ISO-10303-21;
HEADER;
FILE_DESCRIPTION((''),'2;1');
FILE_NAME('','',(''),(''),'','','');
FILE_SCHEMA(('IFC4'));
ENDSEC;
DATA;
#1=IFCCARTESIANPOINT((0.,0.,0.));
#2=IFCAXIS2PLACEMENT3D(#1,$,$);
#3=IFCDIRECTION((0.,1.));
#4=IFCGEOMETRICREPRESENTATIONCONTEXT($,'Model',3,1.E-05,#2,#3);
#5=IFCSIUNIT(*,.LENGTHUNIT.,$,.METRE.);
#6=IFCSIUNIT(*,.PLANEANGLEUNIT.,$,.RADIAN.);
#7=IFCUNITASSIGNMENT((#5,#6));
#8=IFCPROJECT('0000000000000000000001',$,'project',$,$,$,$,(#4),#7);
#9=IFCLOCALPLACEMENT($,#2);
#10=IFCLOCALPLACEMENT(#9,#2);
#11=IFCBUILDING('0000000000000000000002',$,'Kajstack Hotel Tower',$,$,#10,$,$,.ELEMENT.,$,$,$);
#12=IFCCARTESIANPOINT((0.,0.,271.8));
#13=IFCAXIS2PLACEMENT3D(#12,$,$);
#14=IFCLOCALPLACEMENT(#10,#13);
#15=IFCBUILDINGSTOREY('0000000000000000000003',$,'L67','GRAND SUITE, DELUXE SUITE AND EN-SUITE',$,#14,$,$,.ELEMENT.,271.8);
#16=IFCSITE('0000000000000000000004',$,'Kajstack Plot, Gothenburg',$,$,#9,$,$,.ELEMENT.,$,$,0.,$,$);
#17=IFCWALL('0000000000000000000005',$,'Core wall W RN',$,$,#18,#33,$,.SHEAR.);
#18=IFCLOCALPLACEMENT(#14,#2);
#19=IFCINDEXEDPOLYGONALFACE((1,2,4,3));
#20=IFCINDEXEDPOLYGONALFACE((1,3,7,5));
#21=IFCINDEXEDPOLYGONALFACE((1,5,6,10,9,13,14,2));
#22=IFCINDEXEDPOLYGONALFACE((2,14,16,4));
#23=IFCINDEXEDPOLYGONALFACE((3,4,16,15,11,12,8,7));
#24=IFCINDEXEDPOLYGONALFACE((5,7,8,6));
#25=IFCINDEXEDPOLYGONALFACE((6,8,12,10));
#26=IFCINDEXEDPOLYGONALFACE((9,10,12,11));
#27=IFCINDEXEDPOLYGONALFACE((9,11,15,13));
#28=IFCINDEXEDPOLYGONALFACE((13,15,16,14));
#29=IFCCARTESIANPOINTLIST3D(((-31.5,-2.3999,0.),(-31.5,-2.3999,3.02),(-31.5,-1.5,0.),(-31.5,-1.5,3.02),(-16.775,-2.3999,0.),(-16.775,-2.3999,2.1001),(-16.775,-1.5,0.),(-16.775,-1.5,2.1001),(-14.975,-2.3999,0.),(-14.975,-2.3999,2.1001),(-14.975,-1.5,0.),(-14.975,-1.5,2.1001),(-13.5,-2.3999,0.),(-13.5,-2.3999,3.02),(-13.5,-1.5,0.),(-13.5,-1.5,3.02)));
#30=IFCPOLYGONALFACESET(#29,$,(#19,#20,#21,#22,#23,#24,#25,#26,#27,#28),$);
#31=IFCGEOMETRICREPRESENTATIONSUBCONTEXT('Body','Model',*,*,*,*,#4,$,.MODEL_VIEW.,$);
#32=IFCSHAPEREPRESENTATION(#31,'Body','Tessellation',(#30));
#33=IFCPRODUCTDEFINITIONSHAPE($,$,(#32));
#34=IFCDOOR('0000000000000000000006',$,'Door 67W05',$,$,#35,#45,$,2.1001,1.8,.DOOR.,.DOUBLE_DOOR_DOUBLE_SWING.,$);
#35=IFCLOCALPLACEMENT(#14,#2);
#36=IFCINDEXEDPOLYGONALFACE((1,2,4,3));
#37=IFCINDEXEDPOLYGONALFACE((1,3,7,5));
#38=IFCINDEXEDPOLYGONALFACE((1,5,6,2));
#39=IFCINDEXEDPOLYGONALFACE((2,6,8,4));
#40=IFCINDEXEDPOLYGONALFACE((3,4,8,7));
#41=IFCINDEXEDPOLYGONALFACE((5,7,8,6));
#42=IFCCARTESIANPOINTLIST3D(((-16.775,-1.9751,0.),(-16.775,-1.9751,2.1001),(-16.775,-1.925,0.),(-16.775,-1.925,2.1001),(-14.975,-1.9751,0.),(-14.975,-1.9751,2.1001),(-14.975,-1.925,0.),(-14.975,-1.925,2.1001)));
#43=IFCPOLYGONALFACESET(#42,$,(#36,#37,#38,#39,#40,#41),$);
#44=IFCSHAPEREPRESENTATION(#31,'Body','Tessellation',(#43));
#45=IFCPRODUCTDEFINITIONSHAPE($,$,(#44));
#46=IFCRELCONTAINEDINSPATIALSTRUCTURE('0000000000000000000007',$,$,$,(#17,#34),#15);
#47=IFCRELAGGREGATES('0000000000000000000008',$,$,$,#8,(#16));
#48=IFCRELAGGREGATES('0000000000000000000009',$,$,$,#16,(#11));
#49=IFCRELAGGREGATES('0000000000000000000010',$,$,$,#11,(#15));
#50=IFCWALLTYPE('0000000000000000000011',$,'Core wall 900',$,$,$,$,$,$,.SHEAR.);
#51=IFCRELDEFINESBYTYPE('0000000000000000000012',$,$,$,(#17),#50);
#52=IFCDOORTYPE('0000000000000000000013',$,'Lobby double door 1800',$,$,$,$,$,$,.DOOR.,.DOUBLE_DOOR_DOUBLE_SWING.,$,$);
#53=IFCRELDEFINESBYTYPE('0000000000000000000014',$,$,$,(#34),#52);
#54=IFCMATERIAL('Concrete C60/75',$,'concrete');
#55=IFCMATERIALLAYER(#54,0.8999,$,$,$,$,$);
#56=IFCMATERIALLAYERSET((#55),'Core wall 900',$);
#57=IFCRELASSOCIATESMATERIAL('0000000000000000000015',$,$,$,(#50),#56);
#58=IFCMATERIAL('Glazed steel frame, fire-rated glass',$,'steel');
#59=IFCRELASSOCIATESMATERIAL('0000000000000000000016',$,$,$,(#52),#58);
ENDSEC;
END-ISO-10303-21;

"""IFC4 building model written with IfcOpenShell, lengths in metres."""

from ifc_helpers import new_model, si_unit, direction, frame, frame_2d, origin, place, context, subcontext, project, spatial, rectangle, extrude, material, layer, layer_set, type_object, element, fill, save


model = new_model("IFC4")

# Units and contexts
model_context = context("Model", 3, precision=1e-05, world=origin(), true_north=direction((0.0, 1.0)))
body_context = subcontext(model_context, "Body", "Model", "MODEL_VIEW")
ifc_project = project(units=[si_unit("LENGTHUNIT", "METRE"), si_unit("PLANEANGLEUNIT", "RADIAN")], contexts=[model_context])

# Site, building, storey
site_placement = place(None, origin())
site = spatial("IfcSite", under=ifc_project, at=site_placement, Name="Kajstack Plot, Gothenburg", CompositionType="ELEMENT", RefElevation=0.0)
building_placement = place(site_placement, origin())
building = spatial("IfcBuilding", under=site, at=building_placement, Name="Kajstack Hotel Tower", CompositionType="ELEMENT")
storey_placement = place(building_placement, frame((0.0, 0.0, 271.8)))
storey = spatial("IfcBuildingStorey", under=building, at=storey_placement, Name="L67", Description="GRAND SUITE, DELUXE SUITE AND EN-SUITE", CompositionType="ELEMENT", Elevation=271.8)

# Wall, opening, door
ifc_material_1 = material(Name="Concrete C60/75", Category="concrete")
ifc_layer_1 = layer(ifc_material_1, 0.8999)
ifc_layer_set_1 = layer_set([ifc_layer_1], Name="Core wall 900")
wall_type_1 = type_object("IfcWallType", Name="Core wall 900", PredefinedType="SHEAR", material=ifc_layer_set_1)
wall_1_placement = place(storey_placement, frame((-31.5, -1.95, 0.0), z_axis=(0.0, 0.0, 1.0), x_axis=(1.0, 0.0, 0.0)))
wall_1 = element("IfcWall", 1, at=wall_1_placement, inside=storey, type_object=wall_type_1, Name="Core wall W RN", PredefinedType="SHEAR", context=body_context, shape_type="SweptSolid", body=[
    extrude(rectangle(XDim=18.0, YDim=0.8999, at=frame_2d((9.0, 0.0))), origin(), (0.0, 0.0, 1.0), 3.02),
])
opening_1_placement = place(wall_1_placement, frame((14.7251, 0.0, 0.0)))
opening_1 = element("IfcOpeningElement", 2, at=opening_1_placement, cuts=wall_1, PredefinedType="OPENING", context=body_context, shape_type="SweptSolid", body=[
    extrude(rectangle(XDim=1.8, YDim=2.1001, at=frame_2d((0.8999, 1.05))), frame((0.0, 0.46, 0.0), z_axis=(0.0, -1.0, 0.0), x_axis=(1.0, 0.0, 0.0)), (0.0, 0.0, 1.0), 0.9199),
])
ifc_material_2 = material(Name="Glazed steel frame, fire-rated glass", Category="steel")
door_type_1 = type_object("IfcDoorType", Name="Lobby double door 1800", OperationType="DOUBLE_DOOR_DOUBLE_SWING", PredefinedType="DOOR", material=ifc_material_2)
door_1_placement = place(opening_1_placement, origin())
door_1 = element("IfcDoor", 3, at=door_1_placement, inside=storey, type_object=door_type_1, Name="Door 67W05", OperationType="DOUBLE_DOOR_DOUBLE_SWING", OverallHeight=2.1001, OverallWidth=1.8, PredefinedType="DOOR", context=body_context, shape_type="SweptSolid", body=[
    extrude(rectangle(XDim=1.8, YDim=2.1001, at=frame_2d((0.8999, 1.05))), frame((0.0, 0.0249, 0.0), z_axis=(0.0, -1.0, 0.0), x_axis=(1.0, 0.0, 0.0)), (0.0, 0.0, 1.0), 0.05),
])
fill(opening_1, door_1)

save(model, "model.ifc")
